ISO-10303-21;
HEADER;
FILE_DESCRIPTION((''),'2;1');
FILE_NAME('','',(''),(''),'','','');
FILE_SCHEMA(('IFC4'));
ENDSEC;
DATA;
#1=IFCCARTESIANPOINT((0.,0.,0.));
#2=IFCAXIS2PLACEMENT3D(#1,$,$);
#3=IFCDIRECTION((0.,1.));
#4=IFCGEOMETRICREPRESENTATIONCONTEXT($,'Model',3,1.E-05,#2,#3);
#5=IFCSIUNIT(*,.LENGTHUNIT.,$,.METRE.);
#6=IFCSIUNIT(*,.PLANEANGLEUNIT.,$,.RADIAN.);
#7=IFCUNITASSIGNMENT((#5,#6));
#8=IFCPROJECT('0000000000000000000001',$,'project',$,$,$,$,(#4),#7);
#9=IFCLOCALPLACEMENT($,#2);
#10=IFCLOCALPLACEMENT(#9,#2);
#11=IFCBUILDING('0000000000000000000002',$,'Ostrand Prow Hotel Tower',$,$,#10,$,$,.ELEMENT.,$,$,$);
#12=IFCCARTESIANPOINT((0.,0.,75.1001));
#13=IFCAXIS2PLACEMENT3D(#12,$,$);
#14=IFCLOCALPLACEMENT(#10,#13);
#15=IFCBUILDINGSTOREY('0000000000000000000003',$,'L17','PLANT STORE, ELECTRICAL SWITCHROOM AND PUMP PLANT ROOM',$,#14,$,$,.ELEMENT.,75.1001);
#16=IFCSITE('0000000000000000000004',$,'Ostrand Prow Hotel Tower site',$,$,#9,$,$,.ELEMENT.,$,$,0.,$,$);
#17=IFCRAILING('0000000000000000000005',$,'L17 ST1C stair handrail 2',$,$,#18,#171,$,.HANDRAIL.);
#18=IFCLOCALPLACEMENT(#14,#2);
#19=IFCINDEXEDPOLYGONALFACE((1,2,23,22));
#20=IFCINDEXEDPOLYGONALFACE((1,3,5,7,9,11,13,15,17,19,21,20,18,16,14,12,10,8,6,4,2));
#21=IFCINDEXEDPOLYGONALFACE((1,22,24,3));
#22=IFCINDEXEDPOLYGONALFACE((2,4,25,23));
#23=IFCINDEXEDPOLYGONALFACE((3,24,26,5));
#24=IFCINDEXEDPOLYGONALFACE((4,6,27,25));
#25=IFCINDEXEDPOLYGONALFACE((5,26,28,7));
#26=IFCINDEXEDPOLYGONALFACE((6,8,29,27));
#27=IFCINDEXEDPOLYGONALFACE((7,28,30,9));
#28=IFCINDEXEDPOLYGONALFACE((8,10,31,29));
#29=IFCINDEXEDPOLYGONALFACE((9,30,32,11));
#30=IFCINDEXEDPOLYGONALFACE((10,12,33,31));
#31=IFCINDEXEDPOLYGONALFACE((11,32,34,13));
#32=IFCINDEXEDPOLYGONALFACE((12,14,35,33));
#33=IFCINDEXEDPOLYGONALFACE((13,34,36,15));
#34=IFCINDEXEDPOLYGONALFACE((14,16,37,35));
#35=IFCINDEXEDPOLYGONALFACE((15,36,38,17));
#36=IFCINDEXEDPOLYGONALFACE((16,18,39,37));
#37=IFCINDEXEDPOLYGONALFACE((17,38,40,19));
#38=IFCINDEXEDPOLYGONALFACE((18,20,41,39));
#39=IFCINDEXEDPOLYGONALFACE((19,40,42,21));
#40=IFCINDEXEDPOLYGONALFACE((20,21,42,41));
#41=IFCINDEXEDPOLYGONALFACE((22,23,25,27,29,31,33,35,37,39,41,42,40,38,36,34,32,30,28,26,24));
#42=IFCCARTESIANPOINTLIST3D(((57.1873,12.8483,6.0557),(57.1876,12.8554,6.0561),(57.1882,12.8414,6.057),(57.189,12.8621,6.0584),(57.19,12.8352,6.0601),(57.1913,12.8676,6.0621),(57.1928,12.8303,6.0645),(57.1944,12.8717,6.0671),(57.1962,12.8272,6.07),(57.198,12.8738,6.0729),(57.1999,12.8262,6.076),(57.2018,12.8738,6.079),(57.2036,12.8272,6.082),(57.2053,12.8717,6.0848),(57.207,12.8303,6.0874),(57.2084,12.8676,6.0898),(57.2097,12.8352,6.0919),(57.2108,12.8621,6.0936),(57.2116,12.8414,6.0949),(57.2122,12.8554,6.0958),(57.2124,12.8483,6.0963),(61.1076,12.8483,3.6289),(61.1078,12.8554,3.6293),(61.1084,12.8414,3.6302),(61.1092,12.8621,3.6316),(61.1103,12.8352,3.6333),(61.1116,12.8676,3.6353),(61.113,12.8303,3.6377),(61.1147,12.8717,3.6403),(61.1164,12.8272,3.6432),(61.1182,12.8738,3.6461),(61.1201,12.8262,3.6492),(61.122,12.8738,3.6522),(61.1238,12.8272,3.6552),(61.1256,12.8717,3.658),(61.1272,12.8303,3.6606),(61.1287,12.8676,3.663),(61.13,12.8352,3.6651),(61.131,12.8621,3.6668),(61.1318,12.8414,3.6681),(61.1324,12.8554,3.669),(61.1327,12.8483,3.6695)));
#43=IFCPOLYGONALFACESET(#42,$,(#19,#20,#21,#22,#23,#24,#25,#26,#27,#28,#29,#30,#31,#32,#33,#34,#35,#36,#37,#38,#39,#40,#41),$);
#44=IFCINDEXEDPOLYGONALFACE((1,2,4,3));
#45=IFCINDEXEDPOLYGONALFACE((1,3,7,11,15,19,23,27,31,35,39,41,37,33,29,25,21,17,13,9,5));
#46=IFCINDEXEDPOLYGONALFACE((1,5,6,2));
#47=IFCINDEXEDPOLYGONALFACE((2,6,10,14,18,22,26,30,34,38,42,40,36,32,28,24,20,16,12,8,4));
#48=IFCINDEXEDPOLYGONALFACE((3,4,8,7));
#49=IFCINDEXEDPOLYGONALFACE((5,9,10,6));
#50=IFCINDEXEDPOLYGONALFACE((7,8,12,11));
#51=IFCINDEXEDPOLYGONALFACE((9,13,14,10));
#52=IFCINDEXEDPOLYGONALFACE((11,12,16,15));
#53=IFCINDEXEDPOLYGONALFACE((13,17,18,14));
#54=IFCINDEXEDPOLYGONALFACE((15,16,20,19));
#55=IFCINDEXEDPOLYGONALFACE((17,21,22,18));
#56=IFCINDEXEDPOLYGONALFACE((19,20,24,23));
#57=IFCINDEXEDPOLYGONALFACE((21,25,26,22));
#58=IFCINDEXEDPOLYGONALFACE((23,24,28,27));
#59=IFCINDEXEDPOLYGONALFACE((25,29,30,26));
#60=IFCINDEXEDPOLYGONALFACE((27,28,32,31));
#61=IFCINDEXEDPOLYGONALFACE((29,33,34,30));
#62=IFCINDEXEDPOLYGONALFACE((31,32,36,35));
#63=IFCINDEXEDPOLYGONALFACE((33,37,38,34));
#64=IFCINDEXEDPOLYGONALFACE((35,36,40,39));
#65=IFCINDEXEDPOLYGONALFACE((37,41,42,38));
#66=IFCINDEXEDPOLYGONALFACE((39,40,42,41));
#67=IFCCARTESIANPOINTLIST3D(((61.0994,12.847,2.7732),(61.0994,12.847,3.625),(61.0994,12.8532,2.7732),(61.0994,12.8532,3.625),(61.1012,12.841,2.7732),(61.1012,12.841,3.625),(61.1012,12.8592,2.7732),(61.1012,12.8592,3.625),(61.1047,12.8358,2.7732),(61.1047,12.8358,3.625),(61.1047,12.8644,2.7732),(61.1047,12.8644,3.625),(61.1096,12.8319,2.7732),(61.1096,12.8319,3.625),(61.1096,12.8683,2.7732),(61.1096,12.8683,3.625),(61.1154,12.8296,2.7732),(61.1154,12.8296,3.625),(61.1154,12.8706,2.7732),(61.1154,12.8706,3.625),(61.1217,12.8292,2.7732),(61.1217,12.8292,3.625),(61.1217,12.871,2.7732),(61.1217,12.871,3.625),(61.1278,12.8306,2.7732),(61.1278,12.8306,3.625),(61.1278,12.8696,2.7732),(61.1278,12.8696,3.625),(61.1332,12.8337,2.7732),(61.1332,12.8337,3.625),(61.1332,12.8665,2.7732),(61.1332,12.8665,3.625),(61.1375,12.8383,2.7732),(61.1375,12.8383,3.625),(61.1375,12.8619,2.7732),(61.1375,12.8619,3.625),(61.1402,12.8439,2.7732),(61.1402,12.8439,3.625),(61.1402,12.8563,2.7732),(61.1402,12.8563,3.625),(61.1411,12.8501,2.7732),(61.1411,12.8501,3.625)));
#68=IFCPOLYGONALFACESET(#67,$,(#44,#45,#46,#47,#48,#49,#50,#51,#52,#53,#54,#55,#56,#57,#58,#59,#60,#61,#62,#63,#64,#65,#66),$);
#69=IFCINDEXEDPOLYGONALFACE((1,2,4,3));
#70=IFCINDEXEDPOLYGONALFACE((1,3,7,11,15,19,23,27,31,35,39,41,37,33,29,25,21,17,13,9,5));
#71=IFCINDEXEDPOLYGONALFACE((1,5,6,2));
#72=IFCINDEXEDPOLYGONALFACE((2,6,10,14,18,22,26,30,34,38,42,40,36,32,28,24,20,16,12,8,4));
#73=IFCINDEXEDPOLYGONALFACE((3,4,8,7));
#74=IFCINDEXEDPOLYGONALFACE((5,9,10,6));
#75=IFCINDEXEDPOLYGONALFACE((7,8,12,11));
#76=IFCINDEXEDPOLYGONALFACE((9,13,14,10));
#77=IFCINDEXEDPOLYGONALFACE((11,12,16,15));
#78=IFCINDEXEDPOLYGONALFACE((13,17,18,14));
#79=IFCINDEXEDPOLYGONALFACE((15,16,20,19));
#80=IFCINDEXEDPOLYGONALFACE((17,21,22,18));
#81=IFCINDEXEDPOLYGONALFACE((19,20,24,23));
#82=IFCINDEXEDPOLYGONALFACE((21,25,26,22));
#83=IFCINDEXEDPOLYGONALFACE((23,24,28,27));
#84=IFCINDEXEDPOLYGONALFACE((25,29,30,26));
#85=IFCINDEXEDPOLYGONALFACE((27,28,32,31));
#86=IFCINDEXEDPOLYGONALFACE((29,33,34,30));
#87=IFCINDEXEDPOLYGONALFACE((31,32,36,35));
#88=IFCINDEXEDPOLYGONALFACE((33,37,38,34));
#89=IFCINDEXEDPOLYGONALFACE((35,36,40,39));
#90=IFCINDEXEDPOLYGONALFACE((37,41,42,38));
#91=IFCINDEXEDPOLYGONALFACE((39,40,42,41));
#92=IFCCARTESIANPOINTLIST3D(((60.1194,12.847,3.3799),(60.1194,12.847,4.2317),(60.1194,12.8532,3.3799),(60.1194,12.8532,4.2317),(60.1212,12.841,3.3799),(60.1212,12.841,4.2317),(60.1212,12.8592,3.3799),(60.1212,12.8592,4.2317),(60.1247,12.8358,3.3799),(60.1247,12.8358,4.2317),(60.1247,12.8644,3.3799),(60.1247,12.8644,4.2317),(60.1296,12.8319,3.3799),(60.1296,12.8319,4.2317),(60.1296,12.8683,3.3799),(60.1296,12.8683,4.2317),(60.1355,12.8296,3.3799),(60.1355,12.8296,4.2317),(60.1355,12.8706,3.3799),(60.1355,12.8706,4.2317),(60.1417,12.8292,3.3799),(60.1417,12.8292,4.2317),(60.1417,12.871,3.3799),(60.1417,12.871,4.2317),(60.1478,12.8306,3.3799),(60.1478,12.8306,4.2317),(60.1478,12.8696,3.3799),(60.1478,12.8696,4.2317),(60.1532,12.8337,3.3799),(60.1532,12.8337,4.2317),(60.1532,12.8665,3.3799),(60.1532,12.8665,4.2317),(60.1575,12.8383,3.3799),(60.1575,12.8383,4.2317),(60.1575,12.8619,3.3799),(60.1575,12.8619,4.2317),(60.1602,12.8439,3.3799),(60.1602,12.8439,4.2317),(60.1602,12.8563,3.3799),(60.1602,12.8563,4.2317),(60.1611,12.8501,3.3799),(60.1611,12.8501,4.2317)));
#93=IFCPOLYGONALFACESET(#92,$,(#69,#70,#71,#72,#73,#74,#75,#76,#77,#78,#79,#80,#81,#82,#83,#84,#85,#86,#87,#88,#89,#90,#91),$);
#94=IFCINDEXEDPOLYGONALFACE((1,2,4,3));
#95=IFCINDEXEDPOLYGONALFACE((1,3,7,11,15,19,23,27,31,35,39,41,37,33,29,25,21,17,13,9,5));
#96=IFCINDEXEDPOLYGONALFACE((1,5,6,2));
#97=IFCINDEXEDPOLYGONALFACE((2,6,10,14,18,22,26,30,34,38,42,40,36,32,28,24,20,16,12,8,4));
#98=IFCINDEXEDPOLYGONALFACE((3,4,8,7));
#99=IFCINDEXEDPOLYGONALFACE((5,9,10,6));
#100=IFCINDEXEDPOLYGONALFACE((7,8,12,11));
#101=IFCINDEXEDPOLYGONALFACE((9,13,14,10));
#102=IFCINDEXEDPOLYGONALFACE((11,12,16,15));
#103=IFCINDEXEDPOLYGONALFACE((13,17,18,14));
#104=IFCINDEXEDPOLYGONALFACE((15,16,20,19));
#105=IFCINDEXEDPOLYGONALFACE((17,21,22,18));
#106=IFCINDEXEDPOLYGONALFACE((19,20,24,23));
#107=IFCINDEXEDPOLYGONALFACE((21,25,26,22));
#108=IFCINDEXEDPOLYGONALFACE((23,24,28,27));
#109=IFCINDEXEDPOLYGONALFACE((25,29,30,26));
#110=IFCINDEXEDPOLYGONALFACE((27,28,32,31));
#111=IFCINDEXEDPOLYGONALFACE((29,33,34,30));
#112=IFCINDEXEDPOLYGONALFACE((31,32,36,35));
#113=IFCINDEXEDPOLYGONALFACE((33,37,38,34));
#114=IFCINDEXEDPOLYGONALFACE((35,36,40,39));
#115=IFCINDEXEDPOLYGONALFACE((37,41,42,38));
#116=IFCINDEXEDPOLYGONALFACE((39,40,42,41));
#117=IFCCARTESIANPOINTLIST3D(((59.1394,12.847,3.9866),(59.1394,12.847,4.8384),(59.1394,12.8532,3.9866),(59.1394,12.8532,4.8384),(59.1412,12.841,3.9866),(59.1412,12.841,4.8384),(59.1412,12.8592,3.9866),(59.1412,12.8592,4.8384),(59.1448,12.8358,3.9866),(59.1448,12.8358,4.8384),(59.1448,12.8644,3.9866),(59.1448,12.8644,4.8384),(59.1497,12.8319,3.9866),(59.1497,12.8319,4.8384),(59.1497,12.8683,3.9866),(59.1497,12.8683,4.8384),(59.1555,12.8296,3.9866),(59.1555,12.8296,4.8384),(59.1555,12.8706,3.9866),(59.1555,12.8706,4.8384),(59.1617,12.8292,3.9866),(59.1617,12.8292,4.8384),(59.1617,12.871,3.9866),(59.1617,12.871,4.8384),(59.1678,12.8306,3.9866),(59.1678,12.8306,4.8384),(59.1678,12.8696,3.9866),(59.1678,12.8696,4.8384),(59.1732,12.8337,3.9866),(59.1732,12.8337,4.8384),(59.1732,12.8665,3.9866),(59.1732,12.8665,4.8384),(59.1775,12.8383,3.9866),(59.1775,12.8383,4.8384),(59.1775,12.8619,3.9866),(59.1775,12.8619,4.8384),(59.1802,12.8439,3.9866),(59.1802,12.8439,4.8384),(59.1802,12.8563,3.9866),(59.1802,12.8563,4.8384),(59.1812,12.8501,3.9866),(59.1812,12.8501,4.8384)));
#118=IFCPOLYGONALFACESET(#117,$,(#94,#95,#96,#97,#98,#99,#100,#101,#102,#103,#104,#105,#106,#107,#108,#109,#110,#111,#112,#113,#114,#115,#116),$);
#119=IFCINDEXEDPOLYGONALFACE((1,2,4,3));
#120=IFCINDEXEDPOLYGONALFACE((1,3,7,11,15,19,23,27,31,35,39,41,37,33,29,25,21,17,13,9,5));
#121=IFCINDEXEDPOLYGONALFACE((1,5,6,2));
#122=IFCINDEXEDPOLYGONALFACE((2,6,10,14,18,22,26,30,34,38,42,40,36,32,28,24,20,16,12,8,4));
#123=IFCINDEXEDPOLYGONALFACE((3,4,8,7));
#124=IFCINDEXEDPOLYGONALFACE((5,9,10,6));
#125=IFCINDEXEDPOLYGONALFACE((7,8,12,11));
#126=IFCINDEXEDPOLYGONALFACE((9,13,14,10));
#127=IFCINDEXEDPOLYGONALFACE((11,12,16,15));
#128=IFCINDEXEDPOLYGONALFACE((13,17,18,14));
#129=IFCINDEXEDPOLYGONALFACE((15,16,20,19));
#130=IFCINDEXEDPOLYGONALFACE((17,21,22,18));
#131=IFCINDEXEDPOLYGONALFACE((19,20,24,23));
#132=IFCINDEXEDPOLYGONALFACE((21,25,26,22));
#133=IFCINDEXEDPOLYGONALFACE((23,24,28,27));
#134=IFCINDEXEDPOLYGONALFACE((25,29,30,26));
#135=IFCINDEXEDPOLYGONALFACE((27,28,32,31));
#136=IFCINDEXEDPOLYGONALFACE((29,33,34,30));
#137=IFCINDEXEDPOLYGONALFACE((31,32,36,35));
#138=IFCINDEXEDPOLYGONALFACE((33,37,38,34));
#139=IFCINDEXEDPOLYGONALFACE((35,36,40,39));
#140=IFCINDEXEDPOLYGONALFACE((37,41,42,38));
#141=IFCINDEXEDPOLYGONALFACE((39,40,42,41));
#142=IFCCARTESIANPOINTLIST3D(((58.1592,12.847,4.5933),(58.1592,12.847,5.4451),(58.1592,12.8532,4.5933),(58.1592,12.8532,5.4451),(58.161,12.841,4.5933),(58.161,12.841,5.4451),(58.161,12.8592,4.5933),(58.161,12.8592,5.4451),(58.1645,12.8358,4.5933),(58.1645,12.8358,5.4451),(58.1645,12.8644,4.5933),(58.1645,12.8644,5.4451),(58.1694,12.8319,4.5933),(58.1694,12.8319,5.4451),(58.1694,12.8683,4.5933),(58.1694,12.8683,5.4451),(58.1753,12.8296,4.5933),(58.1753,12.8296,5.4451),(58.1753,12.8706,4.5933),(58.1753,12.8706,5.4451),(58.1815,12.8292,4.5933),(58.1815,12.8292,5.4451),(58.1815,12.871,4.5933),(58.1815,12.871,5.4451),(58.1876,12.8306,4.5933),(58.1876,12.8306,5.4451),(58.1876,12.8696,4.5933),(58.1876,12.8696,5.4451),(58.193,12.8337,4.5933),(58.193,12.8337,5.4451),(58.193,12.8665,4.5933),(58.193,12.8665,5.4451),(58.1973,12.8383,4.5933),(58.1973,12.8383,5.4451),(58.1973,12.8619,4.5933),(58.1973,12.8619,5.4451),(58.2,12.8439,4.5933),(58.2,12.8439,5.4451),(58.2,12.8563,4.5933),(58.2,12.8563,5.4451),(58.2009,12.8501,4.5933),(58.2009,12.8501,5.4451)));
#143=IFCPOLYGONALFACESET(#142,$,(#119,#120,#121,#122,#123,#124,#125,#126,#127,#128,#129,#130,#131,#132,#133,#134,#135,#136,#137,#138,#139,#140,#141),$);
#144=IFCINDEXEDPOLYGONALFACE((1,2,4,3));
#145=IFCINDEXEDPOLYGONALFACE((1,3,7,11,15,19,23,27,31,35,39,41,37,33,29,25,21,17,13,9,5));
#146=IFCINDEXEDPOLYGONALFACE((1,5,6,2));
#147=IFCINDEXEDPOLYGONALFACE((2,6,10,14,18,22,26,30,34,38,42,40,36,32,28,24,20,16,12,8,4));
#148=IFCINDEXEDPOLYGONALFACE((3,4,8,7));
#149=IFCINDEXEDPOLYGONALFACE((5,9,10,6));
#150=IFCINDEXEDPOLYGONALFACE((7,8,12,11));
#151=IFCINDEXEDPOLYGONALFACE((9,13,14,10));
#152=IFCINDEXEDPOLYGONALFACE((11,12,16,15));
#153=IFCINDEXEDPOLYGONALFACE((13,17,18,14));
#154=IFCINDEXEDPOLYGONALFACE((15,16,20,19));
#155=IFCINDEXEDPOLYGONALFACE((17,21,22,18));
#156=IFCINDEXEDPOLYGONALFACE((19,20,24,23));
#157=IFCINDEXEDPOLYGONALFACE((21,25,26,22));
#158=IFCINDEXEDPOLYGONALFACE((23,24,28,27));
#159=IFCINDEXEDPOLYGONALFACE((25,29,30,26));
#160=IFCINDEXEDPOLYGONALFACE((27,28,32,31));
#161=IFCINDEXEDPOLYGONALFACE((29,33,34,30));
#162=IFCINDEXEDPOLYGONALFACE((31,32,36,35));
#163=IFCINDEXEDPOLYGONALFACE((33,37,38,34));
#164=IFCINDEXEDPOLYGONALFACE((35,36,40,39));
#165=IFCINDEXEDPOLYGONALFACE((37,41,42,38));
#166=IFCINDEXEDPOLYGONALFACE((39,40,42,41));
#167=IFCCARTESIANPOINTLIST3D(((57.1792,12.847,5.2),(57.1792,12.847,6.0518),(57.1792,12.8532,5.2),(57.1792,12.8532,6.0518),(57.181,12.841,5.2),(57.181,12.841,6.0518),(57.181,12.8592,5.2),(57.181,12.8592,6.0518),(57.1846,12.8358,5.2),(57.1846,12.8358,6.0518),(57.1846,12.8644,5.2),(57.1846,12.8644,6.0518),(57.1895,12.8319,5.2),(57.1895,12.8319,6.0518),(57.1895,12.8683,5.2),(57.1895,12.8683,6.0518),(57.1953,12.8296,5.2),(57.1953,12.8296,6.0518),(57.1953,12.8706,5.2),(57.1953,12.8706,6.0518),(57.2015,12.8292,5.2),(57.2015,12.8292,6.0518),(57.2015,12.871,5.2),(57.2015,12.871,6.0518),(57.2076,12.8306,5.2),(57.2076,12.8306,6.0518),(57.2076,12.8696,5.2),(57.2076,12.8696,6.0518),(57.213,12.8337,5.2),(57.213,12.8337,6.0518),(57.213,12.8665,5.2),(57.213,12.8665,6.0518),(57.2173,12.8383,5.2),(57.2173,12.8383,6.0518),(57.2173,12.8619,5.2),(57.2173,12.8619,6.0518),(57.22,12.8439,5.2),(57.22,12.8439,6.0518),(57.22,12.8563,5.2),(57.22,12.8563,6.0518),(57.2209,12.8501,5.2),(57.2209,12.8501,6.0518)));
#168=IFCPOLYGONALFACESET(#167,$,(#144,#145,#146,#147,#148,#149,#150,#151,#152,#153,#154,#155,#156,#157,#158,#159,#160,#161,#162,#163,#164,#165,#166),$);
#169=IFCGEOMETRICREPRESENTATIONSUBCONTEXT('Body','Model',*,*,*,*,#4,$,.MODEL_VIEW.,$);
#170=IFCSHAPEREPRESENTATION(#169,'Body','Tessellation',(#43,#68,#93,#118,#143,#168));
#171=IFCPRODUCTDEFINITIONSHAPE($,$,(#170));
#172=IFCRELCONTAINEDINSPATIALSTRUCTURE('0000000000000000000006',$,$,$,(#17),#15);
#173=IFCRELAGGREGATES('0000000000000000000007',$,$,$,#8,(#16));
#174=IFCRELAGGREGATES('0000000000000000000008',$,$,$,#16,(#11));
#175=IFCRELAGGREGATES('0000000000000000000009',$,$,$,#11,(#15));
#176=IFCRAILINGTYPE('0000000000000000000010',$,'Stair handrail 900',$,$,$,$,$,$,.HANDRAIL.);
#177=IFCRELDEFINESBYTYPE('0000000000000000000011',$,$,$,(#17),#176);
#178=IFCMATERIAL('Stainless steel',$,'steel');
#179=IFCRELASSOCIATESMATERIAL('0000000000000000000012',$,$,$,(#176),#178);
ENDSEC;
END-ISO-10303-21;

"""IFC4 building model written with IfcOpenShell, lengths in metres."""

from ifc_helpers import new_model, si_unit, direction, frame, origin, origin_2d, place, context, subcontext, project, spatial, circle, extrude, material, type_object, element, save


model = new_model("IFC4")

# Units and contexts
model_context = context("Model", 3, precision=1e-05, world=origin(), true_north=direction((0.0, 1.0)))
body_context = subcontext(model_context, "Body", "Model", "MODEL_VIEW")
ifc_project = project(units=[si_unit("LENGTHUNIT", "METRE"), si_unit("PLANEANGLEUNIT", "RADIAN")], contexts=[model_context])

# Site, building, storey
site_placement = place(None, origin())
site = spatial("IfcSite", under=ifc_project, at=site_placement, Name="Ostrand Prow Hotel Tower site", CompositionType="ELEMENT", RefElevation=0.0)
building_placement = place(site_placement, origin())
building = spatial("IfcBuilding", under=site, at=building_placement, Name="Ostrand Prow Hotel Tower", CompositionType="ELEMENT")
storey_placement = place(building_placement, frame((0.0, 0.0, 75.1001)))
storey = spatial("IfcBuildingStorey", under=building, at=storey_placement, Name="L17", Description="PLANT STORE, ELECTRICAL SWITCHROOM AND PUMP PLANT ROOM", CompositionType="ELEMENT", Elevation=75.1001)

# Railing
ifc_material_1 = material(Name="Stainless steel", Category="steel")
railing_type_1 = type_object("IfcRailingType", Name="Stair handrail 900", PredefinedType="HANDRAIL", material=ifc_material_1)
railing_1_placement = place(storey_placement, frame((61.1201, 12.8501, 2.7732)))
element("IfcRailing", 1, at=railing_1_placement, inside=storey, type_object=railing_type_1, Name="L17 ST1C stair handrail 2", PredefinedType="HANDRAIL", context=body_context, shape_type="SweptSolid", body=[
    extrude(circle(Radius=0.0239, at=origin_2d()), frame((0.0, 0.0, 0.876), z_axis=(-0.850266, 0.0, 0.526353), x_axis=(0.0, -1.0, 0.0)), (0.0, 0.0, 1.0), 4.6106),
    extrude(circle(Radius=0.021, at=origin_2d()), origin(), (0.0, 0.0, 1.0), 0.8518),
    extrude(circle(Radius=0.021, at=origin_2d()), frame((-0.98, 0.0, 0.6067)), (0.0, 0.0, 1.0), 0.8518),
    extrude(circle(Radius=0.021, at=origin_2d()), frame((-1.96, 0.0, 1.2134)), (0.0, 0.0, 1.0), 0.8518),
    extrude(circle(Radius=0.021, at=origin_2d()), frame((-2.9402, 0.0, 1.8201)), (0.0, 0.0, 1.0), 0.8518),
    extrude(circle(Radius=0.021, at=origin_2d()), frame((-3.9202, 0.0, 2.4268)), (0.0, 0.0, 1.0), 0.8518),
])

save(model, "model.ifc")
